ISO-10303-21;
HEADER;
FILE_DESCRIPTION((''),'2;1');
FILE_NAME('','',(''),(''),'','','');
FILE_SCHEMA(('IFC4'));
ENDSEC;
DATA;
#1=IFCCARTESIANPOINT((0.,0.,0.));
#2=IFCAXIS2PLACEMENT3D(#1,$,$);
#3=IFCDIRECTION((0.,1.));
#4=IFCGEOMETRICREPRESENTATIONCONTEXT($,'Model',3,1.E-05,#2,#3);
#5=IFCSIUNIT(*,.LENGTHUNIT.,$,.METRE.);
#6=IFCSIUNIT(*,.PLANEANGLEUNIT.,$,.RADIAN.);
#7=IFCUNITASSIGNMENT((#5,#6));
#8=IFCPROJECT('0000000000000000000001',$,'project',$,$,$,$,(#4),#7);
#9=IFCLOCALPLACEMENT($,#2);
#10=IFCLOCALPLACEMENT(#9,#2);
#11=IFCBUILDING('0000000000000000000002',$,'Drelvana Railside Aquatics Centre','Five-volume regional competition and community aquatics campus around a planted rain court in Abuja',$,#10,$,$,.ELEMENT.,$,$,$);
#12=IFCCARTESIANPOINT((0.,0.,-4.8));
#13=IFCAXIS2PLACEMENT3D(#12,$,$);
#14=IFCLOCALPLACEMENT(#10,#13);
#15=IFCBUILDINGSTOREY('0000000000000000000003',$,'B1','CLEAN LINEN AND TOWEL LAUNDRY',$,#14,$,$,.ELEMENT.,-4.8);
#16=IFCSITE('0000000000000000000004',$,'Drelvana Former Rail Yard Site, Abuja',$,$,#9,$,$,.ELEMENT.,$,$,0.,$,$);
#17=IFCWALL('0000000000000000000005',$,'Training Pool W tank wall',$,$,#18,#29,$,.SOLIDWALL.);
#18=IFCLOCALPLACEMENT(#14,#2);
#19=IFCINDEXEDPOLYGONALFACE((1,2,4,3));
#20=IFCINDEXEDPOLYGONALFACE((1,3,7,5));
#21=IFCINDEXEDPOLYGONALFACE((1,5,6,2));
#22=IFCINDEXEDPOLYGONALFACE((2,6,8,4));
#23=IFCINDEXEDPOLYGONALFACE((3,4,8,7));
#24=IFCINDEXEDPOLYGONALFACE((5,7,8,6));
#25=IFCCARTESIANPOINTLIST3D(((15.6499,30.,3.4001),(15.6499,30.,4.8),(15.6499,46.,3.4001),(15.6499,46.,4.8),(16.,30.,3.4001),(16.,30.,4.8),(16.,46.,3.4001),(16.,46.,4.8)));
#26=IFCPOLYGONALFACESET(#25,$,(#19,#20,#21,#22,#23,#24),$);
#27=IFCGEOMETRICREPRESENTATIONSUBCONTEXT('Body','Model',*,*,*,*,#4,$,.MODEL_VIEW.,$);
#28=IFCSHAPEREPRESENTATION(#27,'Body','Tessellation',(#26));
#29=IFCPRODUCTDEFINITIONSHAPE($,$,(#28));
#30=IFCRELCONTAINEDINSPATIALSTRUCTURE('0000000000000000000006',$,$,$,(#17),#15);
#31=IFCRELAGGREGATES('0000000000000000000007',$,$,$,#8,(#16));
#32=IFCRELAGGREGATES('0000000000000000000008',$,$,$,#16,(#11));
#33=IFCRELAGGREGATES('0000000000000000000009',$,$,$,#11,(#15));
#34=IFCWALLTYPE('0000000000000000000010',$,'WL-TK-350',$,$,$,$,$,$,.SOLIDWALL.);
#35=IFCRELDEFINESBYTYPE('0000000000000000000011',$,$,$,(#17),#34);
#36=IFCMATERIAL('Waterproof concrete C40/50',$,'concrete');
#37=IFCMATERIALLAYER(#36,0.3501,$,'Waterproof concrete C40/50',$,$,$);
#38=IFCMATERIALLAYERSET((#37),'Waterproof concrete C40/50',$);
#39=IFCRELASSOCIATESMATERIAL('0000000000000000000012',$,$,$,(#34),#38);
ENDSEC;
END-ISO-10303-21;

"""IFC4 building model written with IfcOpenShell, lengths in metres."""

from ifc_helpers import new_model, si_unit, direction, frame, frame_2d, origin, place, context, subcontext, project, spatial, rectangle, extrude, material, layer, layer_set, type_object, element, save


model = new_model("IFC4")

# Units and contexts
model_context = context("Model", 3, precision=1e-05, world=origin(), true_north=direction((0.0, 1.0)))
body_context = subcontext(model_context, "Body", "Model", "MODEL_VIEW")
ifc_project = project(units=[si_unit("LENGTHUNIT", "METRE"), si_unit("PLANEANGLEUNIT", "RADIAN")], contexts=[model_context])

# Site, building, storey
site_placement = place(None, origin())
site = spatial("IfcSite", under=ifc_project, at=site_placement, Name="Drelvana Former Rail Yard Site, Abuja", CompositionType="ELEMENT", RefElevation=0.0)
building_placement = place(site_placement, origin())
building = spatial("IfcBuilding", under=site, at=building_placement, Name="Drelvana Railside Aquatics Centre", Description="Five-volume regional competition and community aquatics campus around a planted rain court in Abuja", CompositionType="ELEMENT")
storey_placement = place(building_placement, frame((0.0, 0.0, -4.8)))
storey = spatial("IfcBuildingStorey", under=building, at=storey_placement, Name="B1", Description="CLEAN LINEN AND TOWEL LAUNDRY", CompositionType="ELEMENT", Elevation=-4.8)

# Wall
ifc_material_1 = material(Name="Waterproof concrete C40/50", Category="concrete")
ifc_layer_1 = layer(ifc_material_1, 0.3501, Name="Waterproof concrete C40/50")
ifc_layer_set_1 = layer_set([ifc_layer_1], Name="Waterproof concrete C40/50")
wall_type_1 = type_object("IfcWallType", Name="WL-TK-350", PredefinedType="SOLIDWALL", material=ifc_layer_set_1)
wall_1_placement = place(storey_placement, frame((15.825, 30.0, 3.4001), z_axis=(0.0, 0.0, 1.0), x_axis=(0.0, 1.0, 0.0)))
element("IfcWall", 1, at=wall_1_placement, inside=storey, type_object=wall_type_1, Name="Training Pool W tank wall", PredefinedType="SOLIDWALL", context=body_context, shape_type="SweptSolid", body=[
    extrude(rectangle(XDim=16.0, YDim=0.3501, at=frame_2d((8.0, 0.0))), origin(), (0.0, 0.0, 1.0), 1.3999),
])

save(model, "model.ifc")
